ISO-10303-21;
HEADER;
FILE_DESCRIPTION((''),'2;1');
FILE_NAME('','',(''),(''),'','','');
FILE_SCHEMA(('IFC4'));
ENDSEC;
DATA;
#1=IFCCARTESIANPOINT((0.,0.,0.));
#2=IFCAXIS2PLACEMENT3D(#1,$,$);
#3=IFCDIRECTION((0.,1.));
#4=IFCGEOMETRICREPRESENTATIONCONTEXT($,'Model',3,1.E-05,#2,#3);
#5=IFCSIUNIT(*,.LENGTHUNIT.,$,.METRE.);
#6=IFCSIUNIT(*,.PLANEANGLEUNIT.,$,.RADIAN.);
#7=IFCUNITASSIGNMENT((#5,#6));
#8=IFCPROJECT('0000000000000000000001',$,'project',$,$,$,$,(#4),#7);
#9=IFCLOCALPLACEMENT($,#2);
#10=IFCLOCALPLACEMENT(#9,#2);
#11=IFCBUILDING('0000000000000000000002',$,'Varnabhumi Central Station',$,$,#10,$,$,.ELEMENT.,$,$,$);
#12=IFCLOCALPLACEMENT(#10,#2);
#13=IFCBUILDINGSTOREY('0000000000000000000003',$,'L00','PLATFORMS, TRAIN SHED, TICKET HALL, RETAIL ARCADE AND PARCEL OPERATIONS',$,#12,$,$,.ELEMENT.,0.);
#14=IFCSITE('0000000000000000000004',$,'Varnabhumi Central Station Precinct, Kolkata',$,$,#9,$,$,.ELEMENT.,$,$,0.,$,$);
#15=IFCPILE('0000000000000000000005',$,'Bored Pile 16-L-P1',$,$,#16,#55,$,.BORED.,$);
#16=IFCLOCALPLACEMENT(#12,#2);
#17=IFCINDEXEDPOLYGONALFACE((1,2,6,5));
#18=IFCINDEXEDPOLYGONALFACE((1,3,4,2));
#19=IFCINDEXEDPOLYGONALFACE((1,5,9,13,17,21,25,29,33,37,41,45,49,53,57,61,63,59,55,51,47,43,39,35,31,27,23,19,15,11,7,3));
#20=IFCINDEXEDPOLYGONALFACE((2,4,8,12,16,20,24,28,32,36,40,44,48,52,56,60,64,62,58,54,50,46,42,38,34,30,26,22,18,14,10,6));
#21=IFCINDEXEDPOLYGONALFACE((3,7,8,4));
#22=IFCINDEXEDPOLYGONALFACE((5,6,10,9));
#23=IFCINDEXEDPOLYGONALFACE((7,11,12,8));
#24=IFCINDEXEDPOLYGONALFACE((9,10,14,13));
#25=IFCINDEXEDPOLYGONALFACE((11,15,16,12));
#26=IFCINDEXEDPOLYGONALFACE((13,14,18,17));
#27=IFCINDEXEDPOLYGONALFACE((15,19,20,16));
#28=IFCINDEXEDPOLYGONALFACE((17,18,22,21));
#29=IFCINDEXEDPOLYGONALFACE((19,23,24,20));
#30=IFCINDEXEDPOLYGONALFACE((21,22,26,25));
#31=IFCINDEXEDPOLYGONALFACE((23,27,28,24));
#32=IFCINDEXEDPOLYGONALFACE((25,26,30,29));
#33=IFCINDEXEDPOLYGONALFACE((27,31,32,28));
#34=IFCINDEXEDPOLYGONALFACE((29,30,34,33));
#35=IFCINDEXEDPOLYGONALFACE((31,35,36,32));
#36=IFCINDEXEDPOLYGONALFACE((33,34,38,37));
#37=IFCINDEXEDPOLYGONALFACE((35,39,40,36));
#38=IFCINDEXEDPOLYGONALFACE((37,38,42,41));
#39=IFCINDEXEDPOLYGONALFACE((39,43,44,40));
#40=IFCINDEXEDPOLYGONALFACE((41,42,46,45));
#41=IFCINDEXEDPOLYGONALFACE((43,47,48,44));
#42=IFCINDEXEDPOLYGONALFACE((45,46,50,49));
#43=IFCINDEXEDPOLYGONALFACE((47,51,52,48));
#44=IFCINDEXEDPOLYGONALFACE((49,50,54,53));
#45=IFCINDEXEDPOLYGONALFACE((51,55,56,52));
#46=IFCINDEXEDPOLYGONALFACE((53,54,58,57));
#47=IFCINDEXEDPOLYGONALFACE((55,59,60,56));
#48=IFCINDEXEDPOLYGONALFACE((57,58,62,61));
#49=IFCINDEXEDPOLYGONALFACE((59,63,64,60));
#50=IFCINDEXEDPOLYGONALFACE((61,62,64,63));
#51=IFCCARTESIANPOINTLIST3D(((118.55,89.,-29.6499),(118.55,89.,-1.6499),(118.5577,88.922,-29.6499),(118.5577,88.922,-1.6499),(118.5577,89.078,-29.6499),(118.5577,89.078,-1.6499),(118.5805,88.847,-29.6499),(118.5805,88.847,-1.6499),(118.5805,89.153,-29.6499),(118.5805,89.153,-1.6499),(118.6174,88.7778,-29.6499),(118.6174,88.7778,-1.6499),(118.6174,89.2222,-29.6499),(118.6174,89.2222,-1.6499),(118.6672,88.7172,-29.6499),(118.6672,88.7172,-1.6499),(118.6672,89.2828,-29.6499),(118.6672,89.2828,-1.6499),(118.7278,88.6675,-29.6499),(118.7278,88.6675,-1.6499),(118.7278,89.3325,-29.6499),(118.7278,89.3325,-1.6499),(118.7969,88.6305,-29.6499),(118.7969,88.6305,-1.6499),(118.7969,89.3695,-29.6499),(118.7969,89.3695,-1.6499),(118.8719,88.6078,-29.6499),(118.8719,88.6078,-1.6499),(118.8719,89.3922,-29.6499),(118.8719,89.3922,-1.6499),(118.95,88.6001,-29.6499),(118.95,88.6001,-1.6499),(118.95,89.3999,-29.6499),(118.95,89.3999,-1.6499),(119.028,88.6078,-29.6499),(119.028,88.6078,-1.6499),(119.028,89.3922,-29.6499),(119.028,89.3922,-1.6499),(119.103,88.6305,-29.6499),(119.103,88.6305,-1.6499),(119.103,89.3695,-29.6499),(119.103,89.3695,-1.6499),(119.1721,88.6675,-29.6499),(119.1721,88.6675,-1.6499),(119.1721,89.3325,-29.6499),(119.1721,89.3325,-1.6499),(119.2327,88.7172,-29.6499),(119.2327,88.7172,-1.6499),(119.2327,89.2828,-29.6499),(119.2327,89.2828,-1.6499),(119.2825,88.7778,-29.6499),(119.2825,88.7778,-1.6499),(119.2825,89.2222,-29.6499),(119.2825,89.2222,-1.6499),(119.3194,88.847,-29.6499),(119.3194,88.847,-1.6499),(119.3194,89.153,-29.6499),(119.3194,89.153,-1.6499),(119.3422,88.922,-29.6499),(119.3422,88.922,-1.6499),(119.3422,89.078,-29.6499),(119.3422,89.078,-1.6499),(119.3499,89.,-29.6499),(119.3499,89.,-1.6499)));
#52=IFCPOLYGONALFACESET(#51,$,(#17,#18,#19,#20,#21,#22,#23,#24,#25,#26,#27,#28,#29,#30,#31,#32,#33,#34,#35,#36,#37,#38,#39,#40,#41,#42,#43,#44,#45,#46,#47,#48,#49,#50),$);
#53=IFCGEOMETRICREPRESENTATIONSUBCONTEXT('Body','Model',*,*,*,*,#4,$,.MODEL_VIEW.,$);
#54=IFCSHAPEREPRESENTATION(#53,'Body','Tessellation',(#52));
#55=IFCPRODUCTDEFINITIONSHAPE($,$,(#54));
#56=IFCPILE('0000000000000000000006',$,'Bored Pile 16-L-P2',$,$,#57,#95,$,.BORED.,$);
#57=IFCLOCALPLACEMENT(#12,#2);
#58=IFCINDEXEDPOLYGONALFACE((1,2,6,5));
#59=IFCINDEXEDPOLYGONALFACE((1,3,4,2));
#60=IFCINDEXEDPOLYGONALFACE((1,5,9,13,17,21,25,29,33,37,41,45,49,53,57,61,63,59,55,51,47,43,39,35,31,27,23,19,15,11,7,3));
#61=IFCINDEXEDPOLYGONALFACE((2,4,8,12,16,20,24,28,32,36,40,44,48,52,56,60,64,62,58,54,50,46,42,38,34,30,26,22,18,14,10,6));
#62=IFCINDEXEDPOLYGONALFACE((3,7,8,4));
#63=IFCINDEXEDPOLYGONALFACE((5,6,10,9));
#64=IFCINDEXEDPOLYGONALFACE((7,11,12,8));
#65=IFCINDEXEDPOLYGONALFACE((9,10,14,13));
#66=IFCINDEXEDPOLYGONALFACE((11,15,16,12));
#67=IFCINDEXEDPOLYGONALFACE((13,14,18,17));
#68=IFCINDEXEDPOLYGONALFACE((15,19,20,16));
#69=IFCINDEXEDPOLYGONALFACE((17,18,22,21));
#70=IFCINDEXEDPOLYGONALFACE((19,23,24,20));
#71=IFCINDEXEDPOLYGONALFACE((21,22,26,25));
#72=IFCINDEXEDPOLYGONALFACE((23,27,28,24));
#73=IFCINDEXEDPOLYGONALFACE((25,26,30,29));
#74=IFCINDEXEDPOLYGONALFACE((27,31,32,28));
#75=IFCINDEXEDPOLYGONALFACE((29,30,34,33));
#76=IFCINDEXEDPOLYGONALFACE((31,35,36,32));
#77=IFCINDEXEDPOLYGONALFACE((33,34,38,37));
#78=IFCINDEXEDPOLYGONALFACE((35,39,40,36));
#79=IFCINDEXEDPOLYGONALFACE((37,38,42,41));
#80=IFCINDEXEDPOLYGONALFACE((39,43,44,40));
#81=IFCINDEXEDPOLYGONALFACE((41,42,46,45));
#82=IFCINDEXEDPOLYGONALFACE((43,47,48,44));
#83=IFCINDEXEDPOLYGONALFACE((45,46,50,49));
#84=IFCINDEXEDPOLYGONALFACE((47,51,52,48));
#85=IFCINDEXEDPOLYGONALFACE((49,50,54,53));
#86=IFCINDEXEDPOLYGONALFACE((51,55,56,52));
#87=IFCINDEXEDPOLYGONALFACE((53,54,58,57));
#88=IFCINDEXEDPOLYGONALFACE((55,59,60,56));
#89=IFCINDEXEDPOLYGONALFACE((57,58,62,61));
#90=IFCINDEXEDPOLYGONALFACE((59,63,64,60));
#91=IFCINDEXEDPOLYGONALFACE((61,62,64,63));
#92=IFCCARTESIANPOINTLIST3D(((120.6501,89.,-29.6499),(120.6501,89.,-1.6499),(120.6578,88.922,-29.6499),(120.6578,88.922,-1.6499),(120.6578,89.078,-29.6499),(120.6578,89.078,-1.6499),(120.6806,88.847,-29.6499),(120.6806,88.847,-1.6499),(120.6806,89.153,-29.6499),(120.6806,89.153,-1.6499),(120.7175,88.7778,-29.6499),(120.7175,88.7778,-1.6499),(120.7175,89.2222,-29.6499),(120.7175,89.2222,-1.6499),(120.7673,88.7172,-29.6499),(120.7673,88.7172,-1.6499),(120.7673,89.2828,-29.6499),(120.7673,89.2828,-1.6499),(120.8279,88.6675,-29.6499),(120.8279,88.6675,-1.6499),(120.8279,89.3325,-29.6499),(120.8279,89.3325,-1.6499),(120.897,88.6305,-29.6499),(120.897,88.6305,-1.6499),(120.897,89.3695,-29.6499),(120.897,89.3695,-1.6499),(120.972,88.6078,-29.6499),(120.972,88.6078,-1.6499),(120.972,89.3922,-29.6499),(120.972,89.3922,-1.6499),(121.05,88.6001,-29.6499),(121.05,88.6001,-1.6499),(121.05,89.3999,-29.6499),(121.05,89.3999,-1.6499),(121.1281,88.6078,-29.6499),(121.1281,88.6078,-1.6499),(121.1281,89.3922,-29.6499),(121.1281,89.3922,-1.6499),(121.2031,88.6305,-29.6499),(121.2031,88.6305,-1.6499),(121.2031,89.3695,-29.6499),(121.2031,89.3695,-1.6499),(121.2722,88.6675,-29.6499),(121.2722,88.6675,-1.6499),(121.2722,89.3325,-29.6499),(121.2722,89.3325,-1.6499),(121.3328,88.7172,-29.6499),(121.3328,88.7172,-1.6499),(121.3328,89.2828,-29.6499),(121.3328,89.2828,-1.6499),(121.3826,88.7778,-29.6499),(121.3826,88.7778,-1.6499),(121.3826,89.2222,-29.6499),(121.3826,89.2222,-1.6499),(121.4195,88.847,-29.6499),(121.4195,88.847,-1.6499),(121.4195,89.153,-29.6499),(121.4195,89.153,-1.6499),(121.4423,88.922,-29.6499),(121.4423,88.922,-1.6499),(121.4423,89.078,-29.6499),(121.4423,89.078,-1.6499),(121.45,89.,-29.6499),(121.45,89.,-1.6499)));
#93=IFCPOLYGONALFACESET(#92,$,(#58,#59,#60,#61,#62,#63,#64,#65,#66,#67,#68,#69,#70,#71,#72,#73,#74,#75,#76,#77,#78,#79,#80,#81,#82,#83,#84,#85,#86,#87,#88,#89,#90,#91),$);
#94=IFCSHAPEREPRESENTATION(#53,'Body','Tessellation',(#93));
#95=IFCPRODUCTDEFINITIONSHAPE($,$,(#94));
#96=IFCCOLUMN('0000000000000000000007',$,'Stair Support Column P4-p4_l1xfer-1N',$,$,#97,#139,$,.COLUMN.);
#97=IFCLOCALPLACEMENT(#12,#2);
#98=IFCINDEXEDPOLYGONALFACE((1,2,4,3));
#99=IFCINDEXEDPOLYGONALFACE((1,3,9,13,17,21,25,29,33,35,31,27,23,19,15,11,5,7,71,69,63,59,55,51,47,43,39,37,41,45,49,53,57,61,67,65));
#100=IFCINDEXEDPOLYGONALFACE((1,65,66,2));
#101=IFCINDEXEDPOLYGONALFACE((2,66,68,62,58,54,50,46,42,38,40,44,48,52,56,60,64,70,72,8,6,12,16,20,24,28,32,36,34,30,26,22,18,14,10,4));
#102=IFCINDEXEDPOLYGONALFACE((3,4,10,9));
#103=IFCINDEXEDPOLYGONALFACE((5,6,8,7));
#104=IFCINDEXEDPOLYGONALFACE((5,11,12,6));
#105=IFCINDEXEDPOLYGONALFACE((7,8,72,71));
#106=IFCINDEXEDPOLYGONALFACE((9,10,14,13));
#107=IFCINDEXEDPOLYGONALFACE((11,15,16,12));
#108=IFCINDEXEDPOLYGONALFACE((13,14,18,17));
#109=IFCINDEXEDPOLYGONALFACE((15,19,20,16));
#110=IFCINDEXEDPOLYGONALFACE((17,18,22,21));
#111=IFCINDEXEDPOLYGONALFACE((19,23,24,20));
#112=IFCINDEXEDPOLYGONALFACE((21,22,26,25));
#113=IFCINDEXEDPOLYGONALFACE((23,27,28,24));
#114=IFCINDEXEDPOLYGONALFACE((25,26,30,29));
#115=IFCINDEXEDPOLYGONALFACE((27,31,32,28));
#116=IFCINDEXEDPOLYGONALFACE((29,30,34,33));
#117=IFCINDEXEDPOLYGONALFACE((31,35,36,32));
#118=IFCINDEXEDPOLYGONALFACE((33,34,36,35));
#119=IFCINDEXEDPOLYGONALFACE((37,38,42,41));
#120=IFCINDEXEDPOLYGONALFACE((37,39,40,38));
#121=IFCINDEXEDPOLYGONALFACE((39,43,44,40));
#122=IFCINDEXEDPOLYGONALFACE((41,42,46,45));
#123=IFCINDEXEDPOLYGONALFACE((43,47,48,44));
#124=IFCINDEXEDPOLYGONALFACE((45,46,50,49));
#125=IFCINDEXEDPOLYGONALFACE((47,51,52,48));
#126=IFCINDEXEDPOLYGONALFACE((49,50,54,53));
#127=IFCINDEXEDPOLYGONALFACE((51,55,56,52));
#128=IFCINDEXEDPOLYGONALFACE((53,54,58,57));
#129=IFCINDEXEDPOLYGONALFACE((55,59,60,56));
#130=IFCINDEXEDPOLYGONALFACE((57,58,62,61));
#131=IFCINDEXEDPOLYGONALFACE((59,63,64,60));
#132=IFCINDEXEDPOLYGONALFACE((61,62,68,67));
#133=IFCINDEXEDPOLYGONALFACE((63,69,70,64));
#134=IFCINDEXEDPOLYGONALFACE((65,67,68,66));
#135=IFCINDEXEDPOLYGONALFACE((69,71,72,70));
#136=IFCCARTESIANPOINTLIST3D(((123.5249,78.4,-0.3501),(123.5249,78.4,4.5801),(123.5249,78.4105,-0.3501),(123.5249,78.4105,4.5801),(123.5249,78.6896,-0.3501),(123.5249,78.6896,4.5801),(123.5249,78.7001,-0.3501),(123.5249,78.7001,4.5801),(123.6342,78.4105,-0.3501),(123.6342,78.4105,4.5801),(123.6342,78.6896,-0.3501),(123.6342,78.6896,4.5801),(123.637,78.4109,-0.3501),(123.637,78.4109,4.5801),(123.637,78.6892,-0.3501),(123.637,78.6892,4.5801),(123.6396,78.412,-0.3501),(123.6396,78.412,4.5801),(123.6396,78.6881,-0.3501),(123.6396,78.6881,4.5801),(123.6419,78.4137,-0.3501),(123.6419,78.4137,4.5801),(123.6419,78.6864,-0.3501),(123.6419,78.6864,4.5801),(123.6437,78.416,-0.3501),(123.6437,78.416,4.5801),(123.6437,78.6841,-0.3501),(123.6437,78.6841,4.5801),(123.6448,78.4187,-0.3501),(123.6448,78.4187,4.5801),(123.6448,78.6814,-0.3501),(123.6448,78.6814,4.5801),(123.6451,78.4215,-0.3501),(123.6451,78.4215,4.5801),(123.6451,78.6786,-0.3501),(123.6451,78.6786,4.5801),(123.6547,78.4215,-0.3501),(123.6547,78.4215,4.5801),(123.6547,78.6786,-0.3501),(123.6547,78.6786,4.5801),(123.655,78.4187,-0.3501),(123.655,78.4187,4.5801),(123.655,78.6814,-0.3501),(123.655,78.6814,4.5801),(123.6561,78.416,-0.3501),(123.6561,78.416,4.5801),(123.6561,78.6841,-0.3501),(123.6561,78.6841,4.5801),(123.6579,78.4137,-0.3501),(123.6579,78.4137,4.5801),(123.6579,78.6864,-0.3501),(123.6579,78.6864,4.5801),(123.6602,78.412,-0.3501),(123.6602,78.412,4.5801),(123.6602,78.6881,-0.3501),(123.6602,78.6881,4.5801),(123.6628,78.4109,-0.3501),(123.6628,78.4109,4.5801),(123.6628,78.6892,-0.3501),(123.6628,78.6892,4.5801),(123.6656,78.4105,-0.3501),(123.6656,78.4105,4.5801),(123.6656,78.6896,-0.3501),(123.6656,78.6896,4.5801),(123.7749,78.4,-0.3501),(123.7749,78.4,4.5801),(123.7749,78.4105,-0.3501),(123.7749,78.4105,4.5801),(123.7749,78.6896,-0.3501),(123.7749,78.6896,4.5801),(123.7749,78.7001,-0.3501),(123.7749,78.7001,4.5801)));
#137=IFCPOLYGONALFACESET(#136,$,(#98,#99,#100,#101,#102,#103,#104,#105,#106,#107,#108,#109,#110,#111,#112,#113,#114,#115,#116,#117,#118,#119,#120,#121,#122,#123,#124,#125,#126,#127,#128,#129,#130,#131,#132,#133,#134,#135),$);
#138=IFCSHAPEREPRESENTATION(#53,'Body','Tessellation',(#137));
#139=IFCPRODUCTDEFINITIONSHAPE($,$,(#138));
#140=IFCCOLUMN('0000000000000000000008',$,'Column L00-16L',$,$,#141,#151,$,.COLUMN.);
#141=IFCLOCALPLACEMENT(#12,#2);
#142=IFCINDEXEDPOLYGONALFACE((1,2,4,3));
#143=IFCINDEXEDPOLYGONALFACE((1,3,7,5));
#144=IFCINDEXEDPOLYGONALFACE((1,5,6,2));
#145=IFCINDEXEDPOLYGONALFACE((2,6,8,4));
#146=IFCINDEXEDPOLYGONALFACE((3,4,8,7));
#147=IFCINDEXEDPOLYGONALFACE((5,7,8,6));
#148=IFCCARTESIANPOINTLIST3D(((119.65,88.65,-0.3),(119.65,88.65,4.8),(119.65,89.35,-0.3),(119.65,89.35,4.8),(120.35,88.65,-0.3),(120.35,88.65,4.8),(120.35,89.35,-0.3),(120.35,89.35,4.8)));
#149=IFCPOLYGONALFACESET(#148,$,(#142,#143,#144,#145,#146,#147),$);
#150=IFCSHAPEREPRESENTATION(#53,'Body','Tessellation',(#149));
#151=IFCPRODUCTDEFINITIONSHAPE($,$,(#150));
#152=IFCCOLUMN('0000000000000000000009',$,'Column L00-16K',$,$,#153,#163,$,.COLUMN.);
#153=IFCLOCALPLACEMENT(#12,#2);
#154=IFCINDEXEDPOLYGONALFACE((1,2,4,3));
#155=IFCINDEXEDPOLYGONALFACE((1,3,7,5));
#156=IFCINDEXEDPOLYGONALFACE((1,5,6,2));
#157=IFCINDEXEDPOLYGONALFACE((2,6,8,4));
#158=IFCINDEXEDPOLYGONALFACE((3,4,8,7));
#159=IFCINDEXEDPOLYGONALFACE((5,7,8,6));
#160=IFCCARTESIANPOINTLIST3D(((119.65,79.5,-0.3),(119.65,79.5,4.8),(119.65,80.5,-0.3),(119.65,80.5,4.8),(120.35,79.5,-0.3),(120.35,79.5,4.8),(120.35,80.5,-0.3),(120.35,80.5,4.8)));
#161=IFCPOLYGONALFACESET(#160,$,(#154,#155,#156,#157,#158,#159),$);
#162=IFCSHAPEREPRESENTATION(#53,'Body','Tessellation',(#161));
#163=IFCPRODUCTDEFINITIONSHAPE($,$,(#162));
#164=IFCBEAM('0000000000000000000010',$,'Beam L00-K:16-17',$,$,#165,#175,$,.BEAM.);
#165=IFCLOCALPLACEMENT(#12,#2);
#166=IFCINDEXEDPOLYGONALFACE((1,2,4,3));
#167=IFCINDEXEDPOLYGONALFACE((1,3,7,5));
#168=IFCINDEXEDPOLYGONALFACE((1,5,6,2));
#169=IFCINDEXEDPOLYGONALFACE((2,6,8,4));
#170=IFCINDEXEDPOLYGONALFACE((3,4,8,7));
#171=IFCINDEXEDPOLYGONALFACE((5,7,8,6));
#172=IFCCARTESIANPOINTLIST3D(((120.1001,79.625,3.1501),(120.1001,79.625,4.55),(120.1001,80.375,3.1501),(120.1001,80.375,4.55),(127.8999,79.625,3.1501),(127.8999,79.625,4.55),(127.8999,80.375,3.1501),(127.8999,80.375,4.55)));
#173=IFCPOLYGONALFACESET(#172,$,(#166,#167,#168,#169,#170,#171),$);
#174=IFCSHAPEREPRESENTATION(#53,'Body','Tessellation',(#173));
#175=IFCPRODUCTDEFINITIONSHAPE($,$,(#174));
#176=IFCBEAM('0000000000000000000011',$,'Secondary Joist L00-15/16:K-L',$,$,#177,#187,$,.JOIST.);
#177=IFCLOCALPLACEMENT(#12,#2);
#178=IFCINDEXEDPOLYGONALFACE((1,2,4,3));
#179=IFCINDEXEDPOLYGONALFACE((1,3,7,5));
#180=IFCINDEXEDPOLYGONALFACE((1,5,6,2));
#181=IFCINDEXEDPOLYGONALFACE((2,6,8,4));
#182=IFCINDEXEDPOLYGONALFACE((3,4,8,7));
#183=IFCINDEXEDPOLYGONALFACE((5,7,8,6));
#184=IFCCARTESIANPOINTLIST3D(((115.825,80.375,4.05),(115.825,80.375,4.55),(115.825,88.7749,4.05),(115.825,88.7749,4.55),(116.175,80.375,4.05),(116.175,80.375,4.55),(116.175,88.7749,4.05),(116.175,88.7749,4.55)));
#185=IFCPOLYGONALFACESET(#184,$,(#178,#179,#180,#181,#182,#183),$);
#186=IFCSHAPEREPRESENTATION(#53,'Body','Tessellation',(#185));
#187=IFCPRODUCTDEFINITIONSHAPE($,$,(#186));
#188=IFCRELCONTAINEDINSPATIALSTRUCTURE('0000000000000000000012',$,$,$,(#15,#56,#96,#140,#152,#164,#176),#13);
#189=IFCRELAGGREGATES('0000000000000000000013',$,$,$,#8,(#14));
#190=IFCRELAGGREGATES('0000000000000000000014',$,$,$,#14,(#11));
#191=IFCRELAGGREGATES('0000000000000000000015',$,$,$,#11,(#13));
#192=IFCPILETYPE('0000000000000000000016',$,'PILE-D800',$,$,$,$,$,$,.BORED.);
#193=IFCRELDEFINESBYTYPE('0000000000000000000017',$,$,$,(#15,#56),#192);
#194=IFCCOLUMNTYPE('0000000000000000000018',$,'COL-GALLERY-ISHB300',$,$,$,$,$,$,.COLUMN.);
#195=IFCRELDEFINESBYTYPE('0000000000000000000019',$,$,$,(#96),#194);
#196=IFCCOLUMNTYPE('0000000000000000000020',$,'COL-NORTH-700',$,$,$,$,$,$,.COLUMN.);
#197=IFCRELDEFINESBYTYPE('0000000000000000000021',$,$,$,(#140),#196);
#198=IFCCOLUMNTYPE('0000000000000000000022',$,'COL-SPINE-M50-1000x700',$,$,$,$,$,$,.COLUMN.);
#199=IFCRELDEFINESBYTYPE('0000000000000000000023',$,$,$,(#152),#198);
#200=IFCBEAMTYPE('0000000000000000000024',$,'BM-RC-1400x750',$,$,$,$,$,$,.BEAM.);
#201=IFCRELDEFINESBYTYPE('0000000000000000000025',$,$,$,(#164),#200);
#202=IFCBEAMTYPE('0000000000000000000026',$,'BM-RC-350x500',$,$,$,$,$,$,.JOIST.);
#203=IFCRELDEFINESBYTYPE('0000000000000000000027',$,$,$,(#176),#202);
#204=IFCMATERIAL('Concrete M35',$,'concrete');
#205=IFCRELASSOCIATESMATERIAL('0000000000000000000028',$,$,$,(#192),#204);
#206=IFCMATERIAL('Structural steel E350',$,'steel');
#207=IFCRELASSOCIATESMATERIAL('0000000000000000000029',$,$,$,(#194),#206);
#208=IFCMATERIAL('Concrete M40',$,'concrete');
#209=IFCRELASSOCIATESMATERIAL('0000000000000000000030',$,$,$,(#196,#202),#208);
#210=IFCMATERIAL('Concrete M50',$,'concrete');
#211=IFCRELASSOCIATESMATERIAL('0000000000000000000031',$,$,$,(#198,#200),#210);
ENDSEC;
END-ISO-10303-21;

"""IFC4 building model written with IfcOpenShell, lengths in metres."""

from ifc_helpers import new_model, si_unit, direction, frame, origin, origin_2d, place, context, subcontext, project, spatial, rectangle, circle, i_section, extrude, material, material_profile, profile_set, type_object, element, save


model = new_model("IFC4")

# Units and contexts
model_context = context("Model", 3, precision=1e-05, world=origin(), true_north=direction((0.0, 1.0)))
body_context = subcontext(model_context, "Body", "Model", "MODEL_VIEW")
ifc_project = project(units=[si_unit("LENGTHUNIT", "METRE"), si_unit("PLANEANGLEUNIT", "RADIAN")], contexts=[model_context])

# Site, building, storey
site_placement = place(None, origin())
site = spatial("IfcSite", under=ifc_project, at=site_placement, Name="Varnabhumi Central Station Precinct, Kolkata", CompositionType="ELEMENT", RefElevation=0.0)
building_placement = place(site_placement, origin())
building = spatial("IfcBuilding", under=site, at=building_placement, Name="Varnabhumi Central Station", CompositionType="ELEMENT")
storey_placement = place(building_placement, origin())
storey = spatial("IfcBuildingStorey", under=building, at=storey_placement, Name="L00", Description="PLATFORMS, TRAIN SHED, TICKET HALL, RETAIL ARCADE AND PARCEL OPERATIONS", CompositionType="ELEMENT", Elevation=0.0)

# Shared definitions
ifc_material_1 = material(Name="Concrete M40", Category="concrete")

# Piles
ifc_material_2 = material(Name="Concrete M35", Category="concrete")
ifc_material_profile_1 = material_profile(ifc_material_2, circle(Radius=0.3999, at=origin_2d()), Name="Concrete M35", Category="concrete")
ifc_profile_set_1 = profile_set([ifc_material_profile_1], Name="Concrete M35")
pile_type_1 = type_object("IfcPileType", Name="PILE-D800", PredefinedType="BORED", material=ifc_profile_set_1)
for number, where, z_axis, x_axis, name in (
    (1, (118.95, 89.0, -1.6499), (0.0, 0.0, -1.0), (1.0, 0.0, 0.0), "Bored Pile 16-L-P1"),
    (2, (121.05, 89.0, -1.6499), (0.0, 0.0, -1.0), (1.0, 0.0, 0.0), "Bored Pile 16-L-P2"),
):
    element("IfcPile", number, at=place(storey_placement, frame(where, z_axis=z_axis, x_axis=x_axis)), inside=storey, type_object=pile_type_1, Name=name, PredefinedType="BORED", context=body_context, shape_type="SweptSolid", body=[
        extrude(circle(Radius=0.3999, at=origin_2d()), origin(), (0.0, 0.0, 1.0), 28.0),
    ])

# Columns
ifc_material_3 = material(Name="Structural steel E350", Category="steel")
ifc_material_profile_2 = material_profile(ifc_material_3, i_section(OverallWidth=0.25, OverallDepth=0.3, WebThickness=0.0095, FlangeThickness=0.0105, FilletRadius=0.011, at=origin_2d()), Name="Structural steel E350", Category="steel")
ifc_profile_set_2 = profile_set([ifc_material_profile_2], Name="Structural steel E350")
column_type_1 = type_object("IfcColumnType", Name="COL-GALLERY-ISHB300", PredefinedType="COLUMN", material=ifc_profile_set_2)
column_1_placement = place(storey_placement, frame((123.6499, 78.55, -0.3501), z_axis=(0.0, 0.0, 1.0), x_axis=(1.0, 0.0, 0.0)))
element("IfcColumn", 3, at=column_1_placement, inside=storey, type_object=column_type_1, Name="Stair Support Column P4-p4_l1xfer-1N", PredefinedType="COLUMN", context=body_context, shape_type="SweptSolid", body=[
    extrude(i_section(OverallWidth=0.25, OverallDepth=0.3, WebThickness=0.0095, FlangeThickness=0.0105, FilletRadius=0.011, at=origin_2d()), origin(), (0.0, 0.0, 1.0), 4.9302),
])
ifc_material_profile_3 = material_profile(ifc_material_1, rectangle(XDim=0.7, YDim=0.7, at=origin_2d()), Name="Concrete M40", Category="concrete")
ifc_profile_set_3 = profile_set([ifc_material_profile_3], Name="Concrete M40")
column_type_2 = type_object("IfcColumnType", Name="COL-NORTH-700", PredefinedType="COLUMN", material=ifc_profile_set_3)
column_2_placement = place(storey_placement, frame((120.0, 89.0, -0.3), z_axis=(0.0, 0.0, 1.0), x_axis=(1.0, 0.0, 0.0)))
element("IfcColumn", 4, at=column_2_placement, inside=storey, type_object=column_type_2, Name="Column L00-16L", PredefinedType="COLUMN", context=body_context, shape_type="SweptSolid", body=[
    extrude(rectangle(XDim=0.7, YDim=0.7, at=origin_2d()), origin(), (0.0, 0.0, 1.0), 5.1001),
])
ifc_material_4 = material(Name="Concrete M50", Category="concrete")
ifc_material_profile_4 = material_profile(ifc_material_4, rectangle(XDim=0.7, YDim=1.0, at=origin_2d()), Name="Concrete M50", Category="concrete")
ifc_profile_set_4 = profile_set([ifc_material_profile_4], Name="Concrete M50")
column_type_3 = type_object("IfcColumnType", Name="COL-SPINE-M50-1000x700", PredefinedType="COLUMN", material=ifc_profile_set_4)
column_3_placement = place(storey_placement, frame((120.0, 80.0, -0.3), z_axis=(0.0, 0.0, 1.0), x_axis=(1.0, 0.0, 0.0)))
element("IfcColumn", 5, at=column_3_placement, inside=storey, type_object=column_type_3, Name="Column L00-16K", PredefinedType="COLUMN", context=body_context, shape_type="SweptSolid", body=[
    extrude(rectangle(XDim=0.7, YDim=1.0, at=origin_2d()), origin(), (0.0, 0.0, 1.0), 5.1001),
])

# Beams
ifc_material_profile_5 = material_profile(ifc_material_4, rectangle(XDim=0.75, YDim=1.3999, at=origin_2d()), Name="Concrete M50", Category="concrete")
ifc_profile_set_5 = profile_set([ifc_material_profile_5], Name="Concrete M50")
beam_type_1 = type_object("IfcBeamType", Name="BM-RC-1400x750", PredefinedType="BEAM", material=ifc_profile_set_5)
beam_1_placement = place(storey_placement, frame((120.1001, 80.0, 3.8501), z_axis=(1.0, 0.0, 0.0), x_axis=(0.0, 1.0, 0.0)))
element("IfcBeam", 6, at=beam_1_placement, inside=storey, type_object=beam_type_1, Name="Beam L00-K:16-17", PredefinedType="BEAM", context=body_context, shape_type="SweptSolid", body=[
    extrude(rectangle(XDim=0.75, YDim=1.3999, at=origin_2d()), origin(), (0.0, 0.0, 1.0), 7.7998),
])
ifc_material_profile_6 = material_profile(ifc_material_1, rectangle(XDim=0.3501, YDim=0.5, at=origin_2d()), Name="Concrete M40", Category="concrete")
ifc_profile_set_6 = profile_set([ifc_material_profile_6], Name="Concrete M40")
beam_type_2 = type_object("IfcBeamType", Name="BM-RC-350x500", PredefinedType="JOIST", material=ifc_profile_set_6)
beam_2_placement = place(storey_placement, frame((116.0, 80.375, 4.3), z_axis=(0.0, 1.0, 0.0), x_axis=(-1.0, 0.0, 0.0)))
element("IfcBeam", 7, at=beam_2_placement, inside=storey, type_object=beam_type_2, Name="Secondary Joist L00-15/16:K-L", PredefinedType="JOIST", context=body_context, shape_type="SweptSolid", body=[
    extrude(rectangle(XDim=0.3501, YDim=0.5, at=origin_2d()), origin(), (0.0, 0.0, 1.0), 8.3999),
])

save(model, "model.ifc")
